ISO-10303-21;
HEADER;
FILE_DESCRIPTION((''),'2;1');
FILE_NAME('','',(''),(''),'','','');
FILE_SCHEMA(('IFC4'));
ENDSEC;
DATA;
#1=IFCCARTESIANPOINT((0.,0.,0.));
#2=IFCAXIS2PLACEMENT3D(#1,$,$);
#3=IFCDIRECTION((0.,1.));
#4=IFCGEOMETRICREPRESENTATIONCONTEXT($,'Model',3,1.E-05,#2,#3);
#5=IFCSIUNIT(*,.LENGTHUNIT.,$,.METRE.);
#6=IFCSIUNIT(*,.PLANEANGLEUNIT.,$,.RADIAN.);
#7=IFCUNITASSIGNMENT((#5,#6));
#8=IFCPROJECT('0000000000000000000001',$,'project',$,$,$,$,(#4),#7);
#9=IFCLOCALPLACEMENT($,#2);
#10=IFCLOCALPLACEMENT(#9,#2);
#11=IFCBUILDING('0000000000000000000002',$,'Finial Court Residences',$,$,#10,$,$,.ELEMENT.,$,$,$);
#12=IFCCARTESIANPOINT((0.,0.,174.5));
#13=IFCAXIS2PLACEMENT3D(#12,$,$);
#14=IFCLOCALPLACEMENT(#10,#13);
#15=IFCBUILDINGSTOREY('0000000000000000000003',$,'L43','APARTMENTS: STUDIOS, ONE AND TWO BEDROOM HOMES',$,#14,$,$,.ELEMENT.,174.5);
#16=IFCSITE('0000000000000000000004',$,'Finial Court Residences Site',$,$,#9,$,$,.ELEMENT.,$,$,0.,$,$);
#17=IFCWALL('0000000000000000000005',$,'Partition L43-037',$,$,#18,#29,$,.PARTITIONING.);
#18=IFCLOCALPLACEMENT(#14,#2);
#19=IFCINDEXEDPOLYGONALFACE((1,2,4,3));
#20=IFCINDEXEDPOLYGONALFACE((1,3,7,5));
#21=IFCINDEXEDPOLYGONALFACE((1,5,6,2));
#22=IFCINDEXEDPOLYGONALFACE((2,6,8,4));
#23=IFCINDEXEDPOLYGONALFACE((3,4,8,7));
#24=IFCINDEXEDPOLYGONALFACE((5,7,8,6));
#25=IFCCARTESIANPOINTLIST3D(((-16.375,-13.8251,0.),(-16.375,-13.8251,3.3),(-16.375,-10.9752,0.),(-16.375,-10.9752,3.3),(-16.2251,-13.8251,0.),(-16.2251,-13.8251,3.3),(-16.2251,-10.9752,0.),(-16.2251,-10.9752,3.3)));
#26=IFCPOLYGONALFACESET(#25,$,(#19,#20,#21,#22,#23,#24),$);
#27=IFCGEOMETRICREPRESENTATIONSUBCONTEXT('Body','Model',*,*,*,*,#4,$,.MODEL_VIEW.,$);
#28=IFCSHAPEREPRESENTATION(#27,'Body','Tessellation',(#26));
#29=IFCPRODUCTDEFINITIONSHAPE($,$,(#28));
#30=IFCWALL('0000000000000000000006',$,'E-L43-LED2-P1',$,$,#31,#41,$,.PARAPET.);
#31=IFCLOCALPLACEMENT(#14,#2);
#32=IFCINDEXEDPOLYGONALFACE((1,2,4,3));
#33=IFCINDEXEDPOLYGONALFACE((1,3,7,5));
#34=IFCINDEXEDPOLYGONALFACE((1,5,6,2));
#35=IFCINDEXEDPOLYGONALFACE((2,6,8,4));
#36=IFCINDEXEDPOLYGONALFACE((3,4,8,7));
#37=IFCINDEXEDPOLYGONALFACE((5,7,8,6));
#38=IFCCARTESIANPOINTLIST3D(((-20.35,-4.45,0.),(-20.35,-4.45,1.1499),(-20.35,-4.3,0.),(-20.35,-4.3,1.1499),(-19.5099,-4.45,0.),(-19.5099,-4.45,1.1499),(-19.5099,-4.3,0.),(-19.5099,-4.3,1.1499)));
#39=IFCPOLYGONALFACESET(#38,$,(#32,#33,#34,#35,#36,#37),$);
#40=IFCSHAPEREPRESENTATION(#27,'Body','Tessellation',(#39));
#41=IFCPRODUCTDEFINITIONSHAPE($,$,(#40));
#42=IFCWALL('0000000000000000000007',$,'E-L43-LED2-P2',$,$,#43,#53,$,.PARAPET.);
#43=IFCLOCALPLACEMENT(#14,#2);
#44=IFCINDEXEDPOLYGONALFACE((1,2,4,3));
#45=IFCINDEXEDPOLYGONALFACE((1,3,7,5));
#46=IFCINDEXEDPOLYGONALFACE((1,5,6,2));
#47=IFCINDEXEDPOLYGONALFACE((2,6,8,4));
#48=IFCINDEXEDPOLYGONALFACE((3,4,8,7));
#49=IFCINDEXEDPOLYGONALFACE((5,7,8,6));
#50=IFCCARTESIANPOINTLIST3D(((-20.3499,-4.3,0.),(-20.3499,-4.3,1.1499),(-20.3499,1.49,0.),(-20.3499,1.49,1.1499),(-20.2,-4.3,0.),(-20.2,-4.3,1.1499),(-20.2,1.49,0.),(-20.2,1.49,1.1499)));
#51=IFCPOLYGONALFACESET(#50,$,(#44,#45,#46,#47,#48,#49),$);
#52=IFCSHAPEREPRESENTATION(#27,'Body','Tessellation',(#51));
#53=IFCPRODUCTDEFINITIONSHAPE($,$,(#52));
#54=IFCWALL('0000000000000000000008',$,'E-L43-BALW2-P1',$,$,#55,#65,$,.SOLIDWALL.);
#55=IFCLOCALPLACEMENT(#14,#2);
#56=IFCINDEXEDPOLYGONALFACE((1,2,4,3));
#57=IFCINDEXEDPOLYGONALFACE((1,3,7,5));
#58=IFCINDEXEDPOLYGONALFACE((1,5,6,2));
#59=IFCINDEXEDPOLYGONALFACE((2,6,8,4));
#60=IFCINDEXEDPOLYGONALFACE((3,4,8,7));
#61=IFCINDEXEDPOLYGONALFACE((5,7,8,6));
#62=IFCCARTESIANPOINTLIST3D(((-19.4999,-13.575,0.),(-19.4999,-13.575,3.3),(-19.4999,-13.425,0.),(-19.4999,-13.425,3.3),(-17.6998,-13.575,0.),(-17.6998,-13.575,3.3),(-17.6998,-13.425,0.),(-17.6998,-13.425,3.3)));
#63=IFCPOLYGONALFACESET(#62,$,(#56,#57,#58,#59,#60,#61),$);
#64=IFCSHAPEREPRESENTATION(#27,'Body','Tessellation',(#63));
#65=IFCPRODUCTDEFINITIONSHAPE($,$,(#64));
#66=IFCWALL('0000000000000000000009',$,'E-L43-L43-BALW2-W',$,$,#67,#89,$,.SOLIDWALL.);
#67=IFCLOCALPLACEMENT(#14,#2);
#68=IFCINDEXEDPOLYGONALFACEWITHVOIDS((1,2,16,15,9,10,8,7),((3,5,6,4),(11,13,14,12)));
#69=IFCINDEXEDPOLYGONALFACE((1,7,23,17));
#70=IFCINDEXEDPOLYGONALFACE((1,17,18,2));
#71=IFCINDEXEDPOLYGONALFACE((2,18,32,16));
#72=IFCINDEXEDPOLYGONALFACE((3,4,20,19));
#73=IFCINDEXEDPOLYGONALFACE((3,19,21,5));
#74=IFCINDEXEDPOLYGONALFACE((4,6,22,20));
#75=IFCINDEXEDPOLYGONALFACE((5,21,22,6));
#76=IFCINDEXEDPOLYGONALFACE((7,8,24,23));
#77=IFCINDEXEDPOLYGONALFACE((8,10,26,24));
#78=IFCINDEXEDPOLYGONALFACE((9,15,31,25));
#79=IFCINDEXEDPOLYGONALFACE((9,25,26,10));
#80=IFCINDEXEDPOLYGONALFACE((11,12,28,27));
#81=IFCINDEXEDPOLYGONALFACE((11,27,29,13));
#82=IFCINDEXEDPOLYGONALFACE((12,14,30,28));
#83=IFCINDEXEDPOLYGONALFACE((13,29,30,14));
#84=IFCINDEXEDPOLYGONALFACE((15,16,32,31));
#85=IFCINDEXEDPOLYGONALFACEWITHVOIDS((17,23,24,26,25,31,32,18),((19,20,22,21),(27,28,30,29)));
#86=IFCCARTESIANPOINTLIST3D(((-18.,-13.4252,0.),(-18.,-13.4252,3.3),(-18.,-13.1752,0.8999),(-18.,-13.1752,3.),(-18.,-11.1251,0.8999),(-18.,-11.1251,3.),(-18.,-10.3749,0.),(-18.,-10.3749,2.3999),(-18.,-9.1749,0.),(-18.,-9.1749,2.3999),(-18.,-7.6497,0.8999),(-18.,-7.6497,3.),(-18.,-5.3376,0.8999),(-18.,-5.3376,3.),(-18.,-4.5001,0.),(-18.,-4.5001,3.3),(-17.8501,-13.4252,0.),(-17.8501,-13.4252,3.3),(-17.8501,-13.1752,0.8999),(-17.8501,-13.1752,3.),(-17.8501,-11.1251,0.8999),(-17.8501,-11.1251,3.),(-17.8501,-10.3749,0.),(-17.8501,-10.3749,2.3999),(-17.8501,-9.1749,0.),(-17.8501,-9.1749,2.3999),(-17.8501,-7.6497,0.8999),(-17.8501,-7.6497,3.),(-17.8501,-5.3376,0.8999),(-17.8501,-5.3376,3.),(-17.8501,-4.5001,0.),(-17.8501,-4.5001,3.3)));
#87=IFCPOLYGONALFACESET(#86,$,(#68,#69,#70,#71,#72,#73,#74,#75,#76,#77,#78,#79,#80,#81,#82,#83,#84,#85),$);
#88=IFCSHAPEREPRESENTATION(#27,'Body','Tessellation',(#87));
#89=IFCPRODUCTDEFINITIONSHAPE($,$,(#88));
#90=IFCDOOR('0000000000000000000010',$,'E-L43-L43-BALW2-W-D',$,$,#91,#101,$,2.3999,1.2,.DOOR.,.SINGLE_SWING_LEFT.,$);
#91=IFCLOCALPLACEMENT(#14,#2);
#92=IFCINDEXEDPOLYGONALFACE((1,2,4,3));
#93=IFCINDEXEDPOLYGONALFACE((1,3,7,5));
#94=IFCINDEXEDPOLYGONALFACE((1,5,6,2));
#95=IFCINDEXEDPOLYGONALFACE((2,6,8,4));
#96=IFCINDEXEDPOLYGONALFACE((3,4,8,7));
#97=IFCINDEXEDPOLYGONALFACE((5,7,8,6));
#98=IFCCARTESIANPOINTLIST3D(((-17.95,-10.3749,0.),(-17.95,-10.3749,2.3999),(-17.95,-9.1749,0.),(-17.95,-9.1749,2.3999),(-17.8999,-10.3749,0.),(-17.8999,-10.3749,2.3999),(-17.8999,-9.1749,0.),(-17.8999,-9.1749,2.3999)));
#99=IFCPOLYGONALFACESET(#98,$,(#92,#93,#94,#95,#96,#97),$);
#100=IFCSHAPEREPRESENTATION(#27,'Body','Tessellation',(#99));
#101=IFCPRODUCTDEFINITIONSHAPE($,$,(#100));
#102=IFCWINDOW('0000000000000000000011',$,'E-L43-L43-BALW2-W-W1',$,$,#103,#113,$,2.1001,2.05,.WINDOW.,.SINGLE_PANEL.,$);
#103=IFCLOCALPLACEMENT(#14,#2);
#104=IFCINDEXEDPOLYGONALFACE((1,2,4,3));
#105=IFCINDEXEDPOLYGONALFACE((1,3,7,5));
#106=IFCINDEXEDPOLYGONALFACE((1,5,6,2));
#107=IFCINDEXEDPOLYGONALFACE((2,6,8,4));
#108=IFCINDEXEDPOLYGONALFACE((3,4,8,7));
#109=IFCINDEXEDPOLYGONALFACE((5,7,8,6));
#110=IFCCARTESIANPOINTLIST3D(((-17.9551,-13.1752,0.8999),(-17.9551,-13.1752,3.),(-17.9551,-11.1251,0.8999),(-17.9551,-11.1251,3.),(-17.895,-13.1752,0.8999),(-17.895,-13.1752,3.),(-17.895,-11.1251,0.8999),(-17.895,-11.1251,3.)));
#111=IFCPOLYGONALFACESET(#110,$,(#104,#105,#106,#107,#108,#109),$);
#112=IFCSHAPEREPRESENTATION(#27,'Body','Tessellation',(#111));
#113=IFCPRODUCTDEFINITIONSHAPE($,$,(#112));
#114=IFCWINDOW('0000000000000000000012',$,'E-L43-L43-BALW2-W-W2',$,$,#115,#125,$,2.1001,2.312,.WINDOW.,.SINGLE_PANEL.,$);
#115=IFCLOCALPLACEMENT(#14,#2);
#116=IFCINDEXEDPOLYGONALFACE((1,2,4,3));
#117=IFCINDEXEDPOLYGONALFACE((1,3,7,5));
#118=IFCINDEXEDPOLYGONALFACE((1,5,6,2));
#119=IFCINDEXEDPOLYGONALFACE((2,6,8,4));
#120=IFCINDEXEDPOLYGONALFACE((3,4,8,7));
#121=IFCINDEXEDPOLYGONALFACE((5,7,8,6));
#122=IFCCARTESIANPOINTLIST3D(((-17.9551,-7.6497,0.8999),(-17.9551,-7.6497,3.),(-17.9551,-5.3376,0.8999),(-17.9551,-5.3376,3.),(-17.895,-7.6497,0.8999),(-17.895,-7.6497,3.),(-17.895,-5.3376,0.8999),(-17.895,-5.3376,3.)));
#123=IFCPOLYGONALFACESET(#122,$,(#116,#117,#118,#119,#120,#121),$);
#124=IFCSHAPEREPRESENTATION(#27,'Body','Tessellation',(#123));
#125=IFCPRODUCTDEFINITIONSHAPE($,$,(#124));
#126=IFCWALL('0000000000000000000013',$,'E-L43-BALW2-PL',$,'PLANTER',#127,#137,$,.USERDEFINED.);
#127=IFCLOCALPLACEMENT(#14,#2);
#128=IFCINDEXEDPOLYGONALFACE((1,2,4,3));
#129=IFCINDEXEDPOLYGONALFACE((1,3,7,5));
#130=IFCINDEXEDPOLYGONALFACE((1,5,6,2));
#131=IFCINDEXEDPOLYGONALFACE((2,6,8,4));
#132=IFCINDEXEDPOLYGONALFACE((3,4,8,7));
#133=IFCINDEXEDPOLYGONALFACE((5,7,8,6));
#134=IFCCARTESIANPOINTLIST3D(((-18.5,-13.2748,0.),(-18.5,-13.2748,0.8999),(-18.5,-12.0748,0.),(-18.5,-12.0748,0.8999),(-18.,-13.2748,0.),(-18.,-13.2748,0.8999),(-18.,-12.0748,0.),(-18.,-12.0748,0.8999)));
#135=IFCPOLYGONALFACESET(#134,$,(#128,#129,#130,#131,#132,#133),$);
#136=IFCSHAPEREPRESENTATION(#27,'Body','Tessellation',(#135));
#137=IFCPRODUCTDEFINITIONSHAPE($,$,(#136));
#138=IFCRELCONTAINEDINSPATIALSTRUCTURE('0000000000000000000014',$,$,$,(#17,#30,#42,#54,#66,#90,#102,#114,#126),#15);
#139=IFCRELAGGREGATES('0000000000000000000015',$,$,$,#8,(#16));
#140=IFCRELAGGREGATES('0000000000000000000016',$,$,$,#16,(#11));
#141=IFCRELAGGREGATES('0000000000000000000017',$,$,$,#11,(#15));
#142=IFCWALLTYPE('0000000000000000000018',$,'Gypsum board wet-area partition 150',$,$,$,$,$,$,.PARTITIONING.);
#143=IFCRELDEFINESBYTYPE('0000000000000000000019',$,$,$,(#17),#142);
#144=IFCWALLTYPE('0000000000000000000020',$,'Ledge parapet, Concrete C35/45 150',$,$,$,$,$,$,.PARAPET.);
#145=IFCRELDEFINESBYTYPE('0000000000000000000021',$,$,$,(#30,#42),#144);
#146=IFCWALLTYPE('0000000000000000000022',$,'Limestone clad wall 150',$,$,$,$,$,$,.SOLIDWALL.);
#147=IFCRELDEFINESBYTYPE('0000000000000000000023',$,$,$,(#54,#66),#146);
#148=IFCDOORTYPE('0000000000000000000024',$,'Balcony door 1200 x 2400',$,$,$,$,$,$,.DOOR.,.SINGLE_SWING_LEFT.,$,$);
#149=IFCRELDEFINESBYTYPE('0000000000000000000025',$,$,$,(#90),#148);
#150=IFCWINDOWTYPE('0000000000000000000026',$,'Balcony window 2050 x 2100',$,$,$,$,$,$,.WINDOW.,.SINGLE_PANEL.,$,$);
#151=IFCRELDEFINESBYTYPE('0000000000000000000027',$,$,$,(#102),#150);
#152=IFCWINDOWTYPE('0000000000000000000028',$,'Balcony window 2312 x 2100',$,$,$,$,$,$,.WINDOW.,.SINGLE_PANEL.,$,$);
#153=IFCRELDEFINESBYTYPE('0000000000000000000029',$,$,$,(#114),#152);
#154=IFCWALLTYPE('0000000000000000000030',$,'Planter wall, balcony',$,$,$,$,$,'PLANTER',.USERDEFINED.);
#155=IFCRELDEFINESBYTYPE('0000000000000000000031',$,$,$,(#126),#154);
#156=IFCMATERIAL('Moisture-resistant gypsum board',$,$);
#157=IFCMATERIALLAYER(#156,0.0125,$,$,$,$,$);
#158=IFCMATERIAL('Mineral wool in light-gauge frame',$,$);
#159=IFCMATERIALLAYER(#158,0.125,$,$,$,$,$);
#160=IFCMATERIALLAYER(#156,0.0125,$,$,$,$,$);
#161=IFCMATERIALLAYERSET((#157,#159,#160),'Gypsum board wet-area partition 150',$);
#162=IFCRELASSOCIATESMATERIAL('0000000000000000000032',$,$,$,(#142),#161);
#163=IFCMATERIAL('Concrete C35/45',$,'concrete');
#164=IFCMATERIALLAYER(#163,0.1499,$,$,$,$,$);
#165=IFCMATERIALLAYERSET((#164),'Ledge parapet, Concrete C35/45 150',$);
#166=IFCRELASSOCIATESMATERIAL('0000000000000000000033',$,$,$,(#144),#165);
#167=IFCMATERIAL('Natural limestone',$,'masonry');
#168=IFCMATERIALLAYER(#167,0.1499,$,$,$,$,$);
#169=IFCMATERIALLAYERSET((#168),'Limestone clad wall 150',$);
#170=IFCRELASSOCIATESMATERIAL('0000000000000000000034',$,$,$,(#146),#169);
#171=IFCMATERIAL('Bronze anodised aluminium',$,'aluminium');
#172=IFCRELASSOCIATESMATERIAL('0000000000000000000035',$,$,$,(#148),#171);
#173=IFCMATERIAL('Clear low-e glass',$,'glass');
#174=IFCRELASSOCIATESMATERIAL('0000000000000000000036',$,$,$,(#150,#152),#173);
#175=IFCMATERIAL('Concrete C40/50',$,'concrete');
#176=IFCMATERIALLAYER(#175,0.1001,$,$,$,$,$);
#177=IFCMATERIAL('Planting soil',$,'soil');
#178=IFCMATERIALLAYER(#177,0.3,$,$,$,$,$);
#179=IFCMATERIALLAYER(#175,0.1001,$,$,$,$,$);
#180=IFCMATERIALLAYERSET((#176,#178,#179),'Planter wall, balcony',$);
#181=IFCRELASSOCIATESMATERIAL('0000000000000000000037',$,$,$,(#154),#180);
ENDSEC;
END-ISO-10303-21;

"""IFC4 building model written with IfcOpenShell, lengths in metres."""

from ifc_helpers import new_model, si_unit, direction, frame, frame_2d, origin, place, context, subcontext, project, spatial, rectangle, extrude, material, layer, layer_set, type_object, element, fill, save


model = new_model("IFC4")

# Units and contexts
model_context = context("Model", 3, precision=1e-05, world=origin(), true_north=direction((0.0, 1.0)))
body_context = subcontext(model_context, "Body", "Model", "MODEL_VIEW")
ifc_project = project(units=[si_unit("LENGTHUNIT", "METRE"), si_unit("PLANEANGLEUNIT", "RADIAN")], contexts=[model_context])

# Site, building, storey
site_placement = place(None, origin())
site = spatial("IfcSite", under=ifc_project, at=site_placement, Name="Finial Court Residences Site", CompositionType="ELEMENT", RefElevation=0.0)
building_placement = place(site_placement, origin())
building = spatial("IfcBuilding", under=site, at=building_placement, Name="Finial Court Residences", CompositionType="ELEMENT")
storey_placement = place(building_placement, frame((0.0, 0.0, 174.5)))
storey = spatial("IfcBuildingStorey", under=building, at=storey_placement, Name="L43", Description="APARTMENTS: STUDIOS, ONE AND TWO BEDROOM HOMES", CompositionType="ELEMENT", Elevation=174.5)

# Shared definitions
ifc_material_1 = material(Name="Bronze anodised aluminium", Category="aluminium")

# Shared definitions
ifc_material_2 = material(Name="Moisture-resistant gypsum board")
ifc_layer_1 = layer(ifc_material_2, 0.0125)
ifc_material_3 = material(Name="Mineral wool in light-gauge frame")
ifc_layer_2 = layer(ifc_material_3, 0.125)
ifc_layer_3 = layer(ifc_material_2, 0.0125)
ifc_layer_set_1 = layer_set([ifc_layer_1, ifc_layer_2, ifc_layer_3], Name="Gypsum board wet-area partition 150")
wall_type_1 = type_object("IfcWallType", Name="Gypsum board wet-area partition 150", PredefinedType="PARTITIONING", material=ifc_layer_set_1)

# Walls
wall_1_placement = place(storey_placement, frame((-16.3, -13.825, 0.0), z_axis=(0.0, 0.0, 1.0), x_axis=(0.0, 1.0, 0.0)))
element("IfcWall", 1, at=wall_1_placement, inside=storey, type_object=wall_type_1, Name="Partition L43-037", PredefinedType="PARTITIONING", context=body_context, shape_type="SweptSolid", body=[
    extrude(rectangle(XDim=2.8499, YDim=0.1499, at=frame_2d((1.4248, 0.0))), origin(), (0.0, 0.0, 1.0), 3.3),
])
ifc_material_4 = material(Name="Concrete C35/45", Category="concrete")
ifc_layer_4 = layer(ifc_material_4, 0.1499)
ifc_layer_set_2 = layer_set([ifc_layer_4], Name="Ledge parapet, Concrete C35/45 150")
wall_type_2 = type_object("IfcWallType", Name="Ledge parapet, Concrete C35/45 150", PredefinedType="PARAPET", material=ifc_layer_set_2)
wall_2_placement = place(storey_placement, frame((-19.51, -4.375, 0.0), z_axis=(0.0, 0.0, 1.0), x_axis=(-1.0, 0.0, 0.0)))
element("IfcWall", 2, at=wall_2_placement, inside=storey, type_object=wall_type_2, Name="E-L43-LED2-P1", PredefinedType="PARAPET", context=body_context, shape_type="SweptSolid", body=[
    extrude(rectangle(XDim=0.8401, YDim=0.1499, at=frame_2d((0.4199, 0.0))), origin(), (0.0, 0.0, 1.0), 1.1499),
])
wall_3_placement = place(storey_placement, frame((-20.2749, -4.3, 0.0), z_axis=(0.0, 0.0, 1.0), x_axis=(0.0, 1.0, 0.0)))
element("IfcWall", 3, at=wall_3_placement, inside=storey, type_object=wall_type_2, Name="E-L43-LED2-P2", PredefinedType="PARAPET", context=body_context, shape_type="SweptSolid", body=[
    extrude(rectangle(XDim=5.79, YDim=0.1499, at=frame_2d((2.895, 0.0))), origin(), (0.0, 0.0, 1.0), 1.1499),
])
ifc_material_5 = material(Name="Natural limestone", Category="masonry")
ifc_layer_5 = layer(ifc_material_5, 0.1499)
ifc_layer_set_3 = layer_set([ifc_layer_5], Name="Limestone clad wall 150")
wall_type_3 = type_object("IfcWallType", Name="Limestone clad wall 150", PredefinedType="SOLIDWALL", material=ifc_layer_set_3)
wall_4_placement = place(storey_placement, frame((-17.7, -13.5, 0.0), z_axis=(0.0, 0.0, 1.0), x_axis=(-1.0, 0.0, 0.0)))
element("IfcWall", 4, at=wall_4_placement, inside=storey, type_object=wall_type_3, Name="E-L43-BALW2-P1", PredefinedType="SOLIDWALL", context=body_context, shape_type="SweptSolid", body=[
    extrude(rectangle(XDim=1.8, YDim=0.1499, at=frame_2d((0.8999, 0.0))), origin(), (0.0, 0.0, 1.0), 3.3),
])

# Wall, openings, door, windows
wall_5_placement = place(storey_placement, frame((-17.925, -13.425, 0.0), z_axis=(0.0, 0.0, 1.0), x_axis=(0.0, 1.0, 0.0)))
wall_5 = element("IfcWall", 5, at=wall_5_placement, inside=storey, type_object=wall_type_3, Name="E-L43-L43-BALW2-W", PredefinedType="SOLIDWALL", context=body_context, shape_type="SweptSolid", body=[
    extrude(rectangle(XDim=8.925, YDim=0.1499, at=frame_2d((4.4624, 0.0))), origin(), (0.0, 0.0, 1.0), 3.3),
])
opening_1_placement = place(wall_5_placement, frame((3.05, 0.0, 0.0)))
opening_1 = element("IfcOpeningElement", 6, at=opening_1_placement, cuts=wall_5, PredefinedType="OPENING", context=body_context, shape_type="SweptSolid", body=[
    extrude(rectangle(XDim=1.2, YDim=2.3999, at=frame_2d((0.6001, 1.2))), frame((0.0, 0.085, 0.0), z_axis=(0.0, -1.0, 0.0), x_axis=(1.0, 0.0, 0.0)), (0.0, 0.0, 1.0), 0.1699),
])
opening_2_placement = place(wall_5_placement, frame((0.25, 0.0, 0.8999)))
opening_2 = element("IfcOpeningElement", 7, at=opening_2_placement, cuts=wall_5, PredefinedType="OPENING", context=body_context, shape_type="SweptSolid", body=[
    extrude(rectangle(XDim=2.05, YDim=2.1001, at=frame_2d((1.0249, 1.05))), frame((0.0, 0.085, 0.0), z_axis=(0.0, -1.0, 0.0), x_axis=(1.0, 0.0, 0.0)), (0.0, 0.0, 1.0), 0.1699),
])
opening_3_placement = place(wall_5_placement, frame((5.7754, 0.0, 0.8999)))
opening_3 = element("IfcOpeningElement", 8, at=opening_3_placement, cuts=wall_5, PredefinedType="OPENING", context=body_context, shape_type="SweptSolid", body=[
    extrude(rectangle(XDim=2.312, YDim=2.1001, at=frame_2d((1.156, 1.05))), frame((0.0, 0.085, 0.0), z_axis=(0.0, -1.0, 0.0), x_axis=(1.0, 0.0, 0.0)), (0.0, 0.0, 1.0), 0.1699),
])
door_type_1 = type_object("IfcDoorType", Name="Balcony door 1200 x 2400", OperationType="SINGLE_SWING_LEFT", PredefinedType="DOOR", material=ifc_material_1)
door_1_placement = place(opening_1_placement, origin())
door_1 = element("IfcDoor", 9, at=door_1_placement, inside=storey, type_object=door_type_1, Name="E-L43-L43-BALW2-W-D", OperationType="SINGLE_SWING_LEFT", OverallHeight=2.3999, OverallWidth=1.2, PredefinedType="DOOR", context=body_context, shape_type="SweptSolid", body=[
    extrude(rectangle(XDim=1.2, YDim=2.3999, at=frame_2d((0.6001, 1.2))), frame((0.0, 0.0249, 0.0), z_axis=(0.0, -1.0, 0.0), x_axis=(1.0, 0.0, 0.0)), (0.0, 0.0, 1.0), 0.05),
])
fill(opening_1, door_1)
ifc_material_6 = material(Name="Clear low-e glass", Category="glass")
window_type_1 = type_object("IfcWindowType", Name="Balcony window 2050 x 2100", PartitioningType="SINGLE_PANEL", PredefinedType="WINDOW", material=ifc_material_6)
window_1_placement = place(opening_2_placement, origin())
window_1 = element("IfcWindow", 10, at=window_1_placement, inside=storey, type_object=window_type_1, Name="E-L43-L43-BALW2-W-W1", OverallHeight=2.1001, OverallWidth=2.05, PartitioningType="SINGLE_PANEL", PredefinedType="WINDOW", context=body_context, shape_type="SweptSolid", body=[
    extrude(rectangle(XDim=2.05, YDim=2.1001, at=frame_2d((1.0249, 1.05))), frame((0.0, 0.03, 0.0), z_axis=(0.0, -1.0, 0.0), x_axis=(1.0, 0.0, 0.0)), (0.0, 0.0, 1.0), 0.0601),
])
fill(opening_2, window_1)
window_type_2 = type_object("IfcWindowType", Name="Balcony window 2312 x 2100", PartitioningType="SINGLE_PANEL", PredefinedType="WINDOW", material=ifc_material_6)
window_2_placement = place(opening_3_placement, origin())
window_2 = element("IfcWindow", 11, at=window_2_placement, inside=storey, type_object=window_type_2, Name="E-L43-L43-BALW2-W-W2", OverallHeight=2.1001, OverallWidth=2.312, PartitioningType="SINGLE_PANEL", PredefinedType="WINDOW", context=body_context, shape_type="SweptSolid", body=[
    extrude(rectangle(XDim=2.312, YDim=2.1001, at=frame_2d((1.156, 1.05))), frame((0.0, 0.03, 0.0), z_axis=(0.0, -1.0, 0.0), x_axis=(1.0, 0.0, 0.0)), (0.0, 0.0, 1.0), 0.0601),
])
fill(opening_3, window_2)

# Wall
ifc_material_7 = material(Name="Concrete C40/50", Category="concrete")
ifc_layer_6 = layer(ifc_material_7, 0.1001)
ifc_material_8 = material(Name="Planting soil", Category="soil")
ifc_layer_7 = layer(ifc_material_8, 0.3)
ifc_layer_8 = layer(ifc_material_7, 0.1001)
ifc_layer_set_4 = layer_set([ifc_layer_6, ifc_layer_7, ifc_layer_8], Name="Planter wall, balcony")
wall_type_4 = type_object("IfcWallType", Name="Planter wall, balcony", ElementType="PLANTER", PredefinedType="USERDEFINED", material=ifc_layer_set_4)
wall_6_placement = place(storey_placement, frame((-18.25, -13.2749, 0.0), z_axis=(0.0, 0.0, 1.0), x_axis=(0.0, 1.0, 0.0)))
element("IfcWall", 12, at=wall_6_placement, inside=storey, type_object=wall_type_4, Name="E-L43-BALW2-PL", ObjectType="PLANTER", PredefinedType="USERDEFINED", context=body_context, shape_type="SweptSolid", body=[
    extrude(rectangle(XDim=1.2, YDim=0.5, at=frame_2d((0.6001, 0.0))), origin(), (0.0, 0.0, 1.0), 0.8999),
])

save(model, "model.ifc")
